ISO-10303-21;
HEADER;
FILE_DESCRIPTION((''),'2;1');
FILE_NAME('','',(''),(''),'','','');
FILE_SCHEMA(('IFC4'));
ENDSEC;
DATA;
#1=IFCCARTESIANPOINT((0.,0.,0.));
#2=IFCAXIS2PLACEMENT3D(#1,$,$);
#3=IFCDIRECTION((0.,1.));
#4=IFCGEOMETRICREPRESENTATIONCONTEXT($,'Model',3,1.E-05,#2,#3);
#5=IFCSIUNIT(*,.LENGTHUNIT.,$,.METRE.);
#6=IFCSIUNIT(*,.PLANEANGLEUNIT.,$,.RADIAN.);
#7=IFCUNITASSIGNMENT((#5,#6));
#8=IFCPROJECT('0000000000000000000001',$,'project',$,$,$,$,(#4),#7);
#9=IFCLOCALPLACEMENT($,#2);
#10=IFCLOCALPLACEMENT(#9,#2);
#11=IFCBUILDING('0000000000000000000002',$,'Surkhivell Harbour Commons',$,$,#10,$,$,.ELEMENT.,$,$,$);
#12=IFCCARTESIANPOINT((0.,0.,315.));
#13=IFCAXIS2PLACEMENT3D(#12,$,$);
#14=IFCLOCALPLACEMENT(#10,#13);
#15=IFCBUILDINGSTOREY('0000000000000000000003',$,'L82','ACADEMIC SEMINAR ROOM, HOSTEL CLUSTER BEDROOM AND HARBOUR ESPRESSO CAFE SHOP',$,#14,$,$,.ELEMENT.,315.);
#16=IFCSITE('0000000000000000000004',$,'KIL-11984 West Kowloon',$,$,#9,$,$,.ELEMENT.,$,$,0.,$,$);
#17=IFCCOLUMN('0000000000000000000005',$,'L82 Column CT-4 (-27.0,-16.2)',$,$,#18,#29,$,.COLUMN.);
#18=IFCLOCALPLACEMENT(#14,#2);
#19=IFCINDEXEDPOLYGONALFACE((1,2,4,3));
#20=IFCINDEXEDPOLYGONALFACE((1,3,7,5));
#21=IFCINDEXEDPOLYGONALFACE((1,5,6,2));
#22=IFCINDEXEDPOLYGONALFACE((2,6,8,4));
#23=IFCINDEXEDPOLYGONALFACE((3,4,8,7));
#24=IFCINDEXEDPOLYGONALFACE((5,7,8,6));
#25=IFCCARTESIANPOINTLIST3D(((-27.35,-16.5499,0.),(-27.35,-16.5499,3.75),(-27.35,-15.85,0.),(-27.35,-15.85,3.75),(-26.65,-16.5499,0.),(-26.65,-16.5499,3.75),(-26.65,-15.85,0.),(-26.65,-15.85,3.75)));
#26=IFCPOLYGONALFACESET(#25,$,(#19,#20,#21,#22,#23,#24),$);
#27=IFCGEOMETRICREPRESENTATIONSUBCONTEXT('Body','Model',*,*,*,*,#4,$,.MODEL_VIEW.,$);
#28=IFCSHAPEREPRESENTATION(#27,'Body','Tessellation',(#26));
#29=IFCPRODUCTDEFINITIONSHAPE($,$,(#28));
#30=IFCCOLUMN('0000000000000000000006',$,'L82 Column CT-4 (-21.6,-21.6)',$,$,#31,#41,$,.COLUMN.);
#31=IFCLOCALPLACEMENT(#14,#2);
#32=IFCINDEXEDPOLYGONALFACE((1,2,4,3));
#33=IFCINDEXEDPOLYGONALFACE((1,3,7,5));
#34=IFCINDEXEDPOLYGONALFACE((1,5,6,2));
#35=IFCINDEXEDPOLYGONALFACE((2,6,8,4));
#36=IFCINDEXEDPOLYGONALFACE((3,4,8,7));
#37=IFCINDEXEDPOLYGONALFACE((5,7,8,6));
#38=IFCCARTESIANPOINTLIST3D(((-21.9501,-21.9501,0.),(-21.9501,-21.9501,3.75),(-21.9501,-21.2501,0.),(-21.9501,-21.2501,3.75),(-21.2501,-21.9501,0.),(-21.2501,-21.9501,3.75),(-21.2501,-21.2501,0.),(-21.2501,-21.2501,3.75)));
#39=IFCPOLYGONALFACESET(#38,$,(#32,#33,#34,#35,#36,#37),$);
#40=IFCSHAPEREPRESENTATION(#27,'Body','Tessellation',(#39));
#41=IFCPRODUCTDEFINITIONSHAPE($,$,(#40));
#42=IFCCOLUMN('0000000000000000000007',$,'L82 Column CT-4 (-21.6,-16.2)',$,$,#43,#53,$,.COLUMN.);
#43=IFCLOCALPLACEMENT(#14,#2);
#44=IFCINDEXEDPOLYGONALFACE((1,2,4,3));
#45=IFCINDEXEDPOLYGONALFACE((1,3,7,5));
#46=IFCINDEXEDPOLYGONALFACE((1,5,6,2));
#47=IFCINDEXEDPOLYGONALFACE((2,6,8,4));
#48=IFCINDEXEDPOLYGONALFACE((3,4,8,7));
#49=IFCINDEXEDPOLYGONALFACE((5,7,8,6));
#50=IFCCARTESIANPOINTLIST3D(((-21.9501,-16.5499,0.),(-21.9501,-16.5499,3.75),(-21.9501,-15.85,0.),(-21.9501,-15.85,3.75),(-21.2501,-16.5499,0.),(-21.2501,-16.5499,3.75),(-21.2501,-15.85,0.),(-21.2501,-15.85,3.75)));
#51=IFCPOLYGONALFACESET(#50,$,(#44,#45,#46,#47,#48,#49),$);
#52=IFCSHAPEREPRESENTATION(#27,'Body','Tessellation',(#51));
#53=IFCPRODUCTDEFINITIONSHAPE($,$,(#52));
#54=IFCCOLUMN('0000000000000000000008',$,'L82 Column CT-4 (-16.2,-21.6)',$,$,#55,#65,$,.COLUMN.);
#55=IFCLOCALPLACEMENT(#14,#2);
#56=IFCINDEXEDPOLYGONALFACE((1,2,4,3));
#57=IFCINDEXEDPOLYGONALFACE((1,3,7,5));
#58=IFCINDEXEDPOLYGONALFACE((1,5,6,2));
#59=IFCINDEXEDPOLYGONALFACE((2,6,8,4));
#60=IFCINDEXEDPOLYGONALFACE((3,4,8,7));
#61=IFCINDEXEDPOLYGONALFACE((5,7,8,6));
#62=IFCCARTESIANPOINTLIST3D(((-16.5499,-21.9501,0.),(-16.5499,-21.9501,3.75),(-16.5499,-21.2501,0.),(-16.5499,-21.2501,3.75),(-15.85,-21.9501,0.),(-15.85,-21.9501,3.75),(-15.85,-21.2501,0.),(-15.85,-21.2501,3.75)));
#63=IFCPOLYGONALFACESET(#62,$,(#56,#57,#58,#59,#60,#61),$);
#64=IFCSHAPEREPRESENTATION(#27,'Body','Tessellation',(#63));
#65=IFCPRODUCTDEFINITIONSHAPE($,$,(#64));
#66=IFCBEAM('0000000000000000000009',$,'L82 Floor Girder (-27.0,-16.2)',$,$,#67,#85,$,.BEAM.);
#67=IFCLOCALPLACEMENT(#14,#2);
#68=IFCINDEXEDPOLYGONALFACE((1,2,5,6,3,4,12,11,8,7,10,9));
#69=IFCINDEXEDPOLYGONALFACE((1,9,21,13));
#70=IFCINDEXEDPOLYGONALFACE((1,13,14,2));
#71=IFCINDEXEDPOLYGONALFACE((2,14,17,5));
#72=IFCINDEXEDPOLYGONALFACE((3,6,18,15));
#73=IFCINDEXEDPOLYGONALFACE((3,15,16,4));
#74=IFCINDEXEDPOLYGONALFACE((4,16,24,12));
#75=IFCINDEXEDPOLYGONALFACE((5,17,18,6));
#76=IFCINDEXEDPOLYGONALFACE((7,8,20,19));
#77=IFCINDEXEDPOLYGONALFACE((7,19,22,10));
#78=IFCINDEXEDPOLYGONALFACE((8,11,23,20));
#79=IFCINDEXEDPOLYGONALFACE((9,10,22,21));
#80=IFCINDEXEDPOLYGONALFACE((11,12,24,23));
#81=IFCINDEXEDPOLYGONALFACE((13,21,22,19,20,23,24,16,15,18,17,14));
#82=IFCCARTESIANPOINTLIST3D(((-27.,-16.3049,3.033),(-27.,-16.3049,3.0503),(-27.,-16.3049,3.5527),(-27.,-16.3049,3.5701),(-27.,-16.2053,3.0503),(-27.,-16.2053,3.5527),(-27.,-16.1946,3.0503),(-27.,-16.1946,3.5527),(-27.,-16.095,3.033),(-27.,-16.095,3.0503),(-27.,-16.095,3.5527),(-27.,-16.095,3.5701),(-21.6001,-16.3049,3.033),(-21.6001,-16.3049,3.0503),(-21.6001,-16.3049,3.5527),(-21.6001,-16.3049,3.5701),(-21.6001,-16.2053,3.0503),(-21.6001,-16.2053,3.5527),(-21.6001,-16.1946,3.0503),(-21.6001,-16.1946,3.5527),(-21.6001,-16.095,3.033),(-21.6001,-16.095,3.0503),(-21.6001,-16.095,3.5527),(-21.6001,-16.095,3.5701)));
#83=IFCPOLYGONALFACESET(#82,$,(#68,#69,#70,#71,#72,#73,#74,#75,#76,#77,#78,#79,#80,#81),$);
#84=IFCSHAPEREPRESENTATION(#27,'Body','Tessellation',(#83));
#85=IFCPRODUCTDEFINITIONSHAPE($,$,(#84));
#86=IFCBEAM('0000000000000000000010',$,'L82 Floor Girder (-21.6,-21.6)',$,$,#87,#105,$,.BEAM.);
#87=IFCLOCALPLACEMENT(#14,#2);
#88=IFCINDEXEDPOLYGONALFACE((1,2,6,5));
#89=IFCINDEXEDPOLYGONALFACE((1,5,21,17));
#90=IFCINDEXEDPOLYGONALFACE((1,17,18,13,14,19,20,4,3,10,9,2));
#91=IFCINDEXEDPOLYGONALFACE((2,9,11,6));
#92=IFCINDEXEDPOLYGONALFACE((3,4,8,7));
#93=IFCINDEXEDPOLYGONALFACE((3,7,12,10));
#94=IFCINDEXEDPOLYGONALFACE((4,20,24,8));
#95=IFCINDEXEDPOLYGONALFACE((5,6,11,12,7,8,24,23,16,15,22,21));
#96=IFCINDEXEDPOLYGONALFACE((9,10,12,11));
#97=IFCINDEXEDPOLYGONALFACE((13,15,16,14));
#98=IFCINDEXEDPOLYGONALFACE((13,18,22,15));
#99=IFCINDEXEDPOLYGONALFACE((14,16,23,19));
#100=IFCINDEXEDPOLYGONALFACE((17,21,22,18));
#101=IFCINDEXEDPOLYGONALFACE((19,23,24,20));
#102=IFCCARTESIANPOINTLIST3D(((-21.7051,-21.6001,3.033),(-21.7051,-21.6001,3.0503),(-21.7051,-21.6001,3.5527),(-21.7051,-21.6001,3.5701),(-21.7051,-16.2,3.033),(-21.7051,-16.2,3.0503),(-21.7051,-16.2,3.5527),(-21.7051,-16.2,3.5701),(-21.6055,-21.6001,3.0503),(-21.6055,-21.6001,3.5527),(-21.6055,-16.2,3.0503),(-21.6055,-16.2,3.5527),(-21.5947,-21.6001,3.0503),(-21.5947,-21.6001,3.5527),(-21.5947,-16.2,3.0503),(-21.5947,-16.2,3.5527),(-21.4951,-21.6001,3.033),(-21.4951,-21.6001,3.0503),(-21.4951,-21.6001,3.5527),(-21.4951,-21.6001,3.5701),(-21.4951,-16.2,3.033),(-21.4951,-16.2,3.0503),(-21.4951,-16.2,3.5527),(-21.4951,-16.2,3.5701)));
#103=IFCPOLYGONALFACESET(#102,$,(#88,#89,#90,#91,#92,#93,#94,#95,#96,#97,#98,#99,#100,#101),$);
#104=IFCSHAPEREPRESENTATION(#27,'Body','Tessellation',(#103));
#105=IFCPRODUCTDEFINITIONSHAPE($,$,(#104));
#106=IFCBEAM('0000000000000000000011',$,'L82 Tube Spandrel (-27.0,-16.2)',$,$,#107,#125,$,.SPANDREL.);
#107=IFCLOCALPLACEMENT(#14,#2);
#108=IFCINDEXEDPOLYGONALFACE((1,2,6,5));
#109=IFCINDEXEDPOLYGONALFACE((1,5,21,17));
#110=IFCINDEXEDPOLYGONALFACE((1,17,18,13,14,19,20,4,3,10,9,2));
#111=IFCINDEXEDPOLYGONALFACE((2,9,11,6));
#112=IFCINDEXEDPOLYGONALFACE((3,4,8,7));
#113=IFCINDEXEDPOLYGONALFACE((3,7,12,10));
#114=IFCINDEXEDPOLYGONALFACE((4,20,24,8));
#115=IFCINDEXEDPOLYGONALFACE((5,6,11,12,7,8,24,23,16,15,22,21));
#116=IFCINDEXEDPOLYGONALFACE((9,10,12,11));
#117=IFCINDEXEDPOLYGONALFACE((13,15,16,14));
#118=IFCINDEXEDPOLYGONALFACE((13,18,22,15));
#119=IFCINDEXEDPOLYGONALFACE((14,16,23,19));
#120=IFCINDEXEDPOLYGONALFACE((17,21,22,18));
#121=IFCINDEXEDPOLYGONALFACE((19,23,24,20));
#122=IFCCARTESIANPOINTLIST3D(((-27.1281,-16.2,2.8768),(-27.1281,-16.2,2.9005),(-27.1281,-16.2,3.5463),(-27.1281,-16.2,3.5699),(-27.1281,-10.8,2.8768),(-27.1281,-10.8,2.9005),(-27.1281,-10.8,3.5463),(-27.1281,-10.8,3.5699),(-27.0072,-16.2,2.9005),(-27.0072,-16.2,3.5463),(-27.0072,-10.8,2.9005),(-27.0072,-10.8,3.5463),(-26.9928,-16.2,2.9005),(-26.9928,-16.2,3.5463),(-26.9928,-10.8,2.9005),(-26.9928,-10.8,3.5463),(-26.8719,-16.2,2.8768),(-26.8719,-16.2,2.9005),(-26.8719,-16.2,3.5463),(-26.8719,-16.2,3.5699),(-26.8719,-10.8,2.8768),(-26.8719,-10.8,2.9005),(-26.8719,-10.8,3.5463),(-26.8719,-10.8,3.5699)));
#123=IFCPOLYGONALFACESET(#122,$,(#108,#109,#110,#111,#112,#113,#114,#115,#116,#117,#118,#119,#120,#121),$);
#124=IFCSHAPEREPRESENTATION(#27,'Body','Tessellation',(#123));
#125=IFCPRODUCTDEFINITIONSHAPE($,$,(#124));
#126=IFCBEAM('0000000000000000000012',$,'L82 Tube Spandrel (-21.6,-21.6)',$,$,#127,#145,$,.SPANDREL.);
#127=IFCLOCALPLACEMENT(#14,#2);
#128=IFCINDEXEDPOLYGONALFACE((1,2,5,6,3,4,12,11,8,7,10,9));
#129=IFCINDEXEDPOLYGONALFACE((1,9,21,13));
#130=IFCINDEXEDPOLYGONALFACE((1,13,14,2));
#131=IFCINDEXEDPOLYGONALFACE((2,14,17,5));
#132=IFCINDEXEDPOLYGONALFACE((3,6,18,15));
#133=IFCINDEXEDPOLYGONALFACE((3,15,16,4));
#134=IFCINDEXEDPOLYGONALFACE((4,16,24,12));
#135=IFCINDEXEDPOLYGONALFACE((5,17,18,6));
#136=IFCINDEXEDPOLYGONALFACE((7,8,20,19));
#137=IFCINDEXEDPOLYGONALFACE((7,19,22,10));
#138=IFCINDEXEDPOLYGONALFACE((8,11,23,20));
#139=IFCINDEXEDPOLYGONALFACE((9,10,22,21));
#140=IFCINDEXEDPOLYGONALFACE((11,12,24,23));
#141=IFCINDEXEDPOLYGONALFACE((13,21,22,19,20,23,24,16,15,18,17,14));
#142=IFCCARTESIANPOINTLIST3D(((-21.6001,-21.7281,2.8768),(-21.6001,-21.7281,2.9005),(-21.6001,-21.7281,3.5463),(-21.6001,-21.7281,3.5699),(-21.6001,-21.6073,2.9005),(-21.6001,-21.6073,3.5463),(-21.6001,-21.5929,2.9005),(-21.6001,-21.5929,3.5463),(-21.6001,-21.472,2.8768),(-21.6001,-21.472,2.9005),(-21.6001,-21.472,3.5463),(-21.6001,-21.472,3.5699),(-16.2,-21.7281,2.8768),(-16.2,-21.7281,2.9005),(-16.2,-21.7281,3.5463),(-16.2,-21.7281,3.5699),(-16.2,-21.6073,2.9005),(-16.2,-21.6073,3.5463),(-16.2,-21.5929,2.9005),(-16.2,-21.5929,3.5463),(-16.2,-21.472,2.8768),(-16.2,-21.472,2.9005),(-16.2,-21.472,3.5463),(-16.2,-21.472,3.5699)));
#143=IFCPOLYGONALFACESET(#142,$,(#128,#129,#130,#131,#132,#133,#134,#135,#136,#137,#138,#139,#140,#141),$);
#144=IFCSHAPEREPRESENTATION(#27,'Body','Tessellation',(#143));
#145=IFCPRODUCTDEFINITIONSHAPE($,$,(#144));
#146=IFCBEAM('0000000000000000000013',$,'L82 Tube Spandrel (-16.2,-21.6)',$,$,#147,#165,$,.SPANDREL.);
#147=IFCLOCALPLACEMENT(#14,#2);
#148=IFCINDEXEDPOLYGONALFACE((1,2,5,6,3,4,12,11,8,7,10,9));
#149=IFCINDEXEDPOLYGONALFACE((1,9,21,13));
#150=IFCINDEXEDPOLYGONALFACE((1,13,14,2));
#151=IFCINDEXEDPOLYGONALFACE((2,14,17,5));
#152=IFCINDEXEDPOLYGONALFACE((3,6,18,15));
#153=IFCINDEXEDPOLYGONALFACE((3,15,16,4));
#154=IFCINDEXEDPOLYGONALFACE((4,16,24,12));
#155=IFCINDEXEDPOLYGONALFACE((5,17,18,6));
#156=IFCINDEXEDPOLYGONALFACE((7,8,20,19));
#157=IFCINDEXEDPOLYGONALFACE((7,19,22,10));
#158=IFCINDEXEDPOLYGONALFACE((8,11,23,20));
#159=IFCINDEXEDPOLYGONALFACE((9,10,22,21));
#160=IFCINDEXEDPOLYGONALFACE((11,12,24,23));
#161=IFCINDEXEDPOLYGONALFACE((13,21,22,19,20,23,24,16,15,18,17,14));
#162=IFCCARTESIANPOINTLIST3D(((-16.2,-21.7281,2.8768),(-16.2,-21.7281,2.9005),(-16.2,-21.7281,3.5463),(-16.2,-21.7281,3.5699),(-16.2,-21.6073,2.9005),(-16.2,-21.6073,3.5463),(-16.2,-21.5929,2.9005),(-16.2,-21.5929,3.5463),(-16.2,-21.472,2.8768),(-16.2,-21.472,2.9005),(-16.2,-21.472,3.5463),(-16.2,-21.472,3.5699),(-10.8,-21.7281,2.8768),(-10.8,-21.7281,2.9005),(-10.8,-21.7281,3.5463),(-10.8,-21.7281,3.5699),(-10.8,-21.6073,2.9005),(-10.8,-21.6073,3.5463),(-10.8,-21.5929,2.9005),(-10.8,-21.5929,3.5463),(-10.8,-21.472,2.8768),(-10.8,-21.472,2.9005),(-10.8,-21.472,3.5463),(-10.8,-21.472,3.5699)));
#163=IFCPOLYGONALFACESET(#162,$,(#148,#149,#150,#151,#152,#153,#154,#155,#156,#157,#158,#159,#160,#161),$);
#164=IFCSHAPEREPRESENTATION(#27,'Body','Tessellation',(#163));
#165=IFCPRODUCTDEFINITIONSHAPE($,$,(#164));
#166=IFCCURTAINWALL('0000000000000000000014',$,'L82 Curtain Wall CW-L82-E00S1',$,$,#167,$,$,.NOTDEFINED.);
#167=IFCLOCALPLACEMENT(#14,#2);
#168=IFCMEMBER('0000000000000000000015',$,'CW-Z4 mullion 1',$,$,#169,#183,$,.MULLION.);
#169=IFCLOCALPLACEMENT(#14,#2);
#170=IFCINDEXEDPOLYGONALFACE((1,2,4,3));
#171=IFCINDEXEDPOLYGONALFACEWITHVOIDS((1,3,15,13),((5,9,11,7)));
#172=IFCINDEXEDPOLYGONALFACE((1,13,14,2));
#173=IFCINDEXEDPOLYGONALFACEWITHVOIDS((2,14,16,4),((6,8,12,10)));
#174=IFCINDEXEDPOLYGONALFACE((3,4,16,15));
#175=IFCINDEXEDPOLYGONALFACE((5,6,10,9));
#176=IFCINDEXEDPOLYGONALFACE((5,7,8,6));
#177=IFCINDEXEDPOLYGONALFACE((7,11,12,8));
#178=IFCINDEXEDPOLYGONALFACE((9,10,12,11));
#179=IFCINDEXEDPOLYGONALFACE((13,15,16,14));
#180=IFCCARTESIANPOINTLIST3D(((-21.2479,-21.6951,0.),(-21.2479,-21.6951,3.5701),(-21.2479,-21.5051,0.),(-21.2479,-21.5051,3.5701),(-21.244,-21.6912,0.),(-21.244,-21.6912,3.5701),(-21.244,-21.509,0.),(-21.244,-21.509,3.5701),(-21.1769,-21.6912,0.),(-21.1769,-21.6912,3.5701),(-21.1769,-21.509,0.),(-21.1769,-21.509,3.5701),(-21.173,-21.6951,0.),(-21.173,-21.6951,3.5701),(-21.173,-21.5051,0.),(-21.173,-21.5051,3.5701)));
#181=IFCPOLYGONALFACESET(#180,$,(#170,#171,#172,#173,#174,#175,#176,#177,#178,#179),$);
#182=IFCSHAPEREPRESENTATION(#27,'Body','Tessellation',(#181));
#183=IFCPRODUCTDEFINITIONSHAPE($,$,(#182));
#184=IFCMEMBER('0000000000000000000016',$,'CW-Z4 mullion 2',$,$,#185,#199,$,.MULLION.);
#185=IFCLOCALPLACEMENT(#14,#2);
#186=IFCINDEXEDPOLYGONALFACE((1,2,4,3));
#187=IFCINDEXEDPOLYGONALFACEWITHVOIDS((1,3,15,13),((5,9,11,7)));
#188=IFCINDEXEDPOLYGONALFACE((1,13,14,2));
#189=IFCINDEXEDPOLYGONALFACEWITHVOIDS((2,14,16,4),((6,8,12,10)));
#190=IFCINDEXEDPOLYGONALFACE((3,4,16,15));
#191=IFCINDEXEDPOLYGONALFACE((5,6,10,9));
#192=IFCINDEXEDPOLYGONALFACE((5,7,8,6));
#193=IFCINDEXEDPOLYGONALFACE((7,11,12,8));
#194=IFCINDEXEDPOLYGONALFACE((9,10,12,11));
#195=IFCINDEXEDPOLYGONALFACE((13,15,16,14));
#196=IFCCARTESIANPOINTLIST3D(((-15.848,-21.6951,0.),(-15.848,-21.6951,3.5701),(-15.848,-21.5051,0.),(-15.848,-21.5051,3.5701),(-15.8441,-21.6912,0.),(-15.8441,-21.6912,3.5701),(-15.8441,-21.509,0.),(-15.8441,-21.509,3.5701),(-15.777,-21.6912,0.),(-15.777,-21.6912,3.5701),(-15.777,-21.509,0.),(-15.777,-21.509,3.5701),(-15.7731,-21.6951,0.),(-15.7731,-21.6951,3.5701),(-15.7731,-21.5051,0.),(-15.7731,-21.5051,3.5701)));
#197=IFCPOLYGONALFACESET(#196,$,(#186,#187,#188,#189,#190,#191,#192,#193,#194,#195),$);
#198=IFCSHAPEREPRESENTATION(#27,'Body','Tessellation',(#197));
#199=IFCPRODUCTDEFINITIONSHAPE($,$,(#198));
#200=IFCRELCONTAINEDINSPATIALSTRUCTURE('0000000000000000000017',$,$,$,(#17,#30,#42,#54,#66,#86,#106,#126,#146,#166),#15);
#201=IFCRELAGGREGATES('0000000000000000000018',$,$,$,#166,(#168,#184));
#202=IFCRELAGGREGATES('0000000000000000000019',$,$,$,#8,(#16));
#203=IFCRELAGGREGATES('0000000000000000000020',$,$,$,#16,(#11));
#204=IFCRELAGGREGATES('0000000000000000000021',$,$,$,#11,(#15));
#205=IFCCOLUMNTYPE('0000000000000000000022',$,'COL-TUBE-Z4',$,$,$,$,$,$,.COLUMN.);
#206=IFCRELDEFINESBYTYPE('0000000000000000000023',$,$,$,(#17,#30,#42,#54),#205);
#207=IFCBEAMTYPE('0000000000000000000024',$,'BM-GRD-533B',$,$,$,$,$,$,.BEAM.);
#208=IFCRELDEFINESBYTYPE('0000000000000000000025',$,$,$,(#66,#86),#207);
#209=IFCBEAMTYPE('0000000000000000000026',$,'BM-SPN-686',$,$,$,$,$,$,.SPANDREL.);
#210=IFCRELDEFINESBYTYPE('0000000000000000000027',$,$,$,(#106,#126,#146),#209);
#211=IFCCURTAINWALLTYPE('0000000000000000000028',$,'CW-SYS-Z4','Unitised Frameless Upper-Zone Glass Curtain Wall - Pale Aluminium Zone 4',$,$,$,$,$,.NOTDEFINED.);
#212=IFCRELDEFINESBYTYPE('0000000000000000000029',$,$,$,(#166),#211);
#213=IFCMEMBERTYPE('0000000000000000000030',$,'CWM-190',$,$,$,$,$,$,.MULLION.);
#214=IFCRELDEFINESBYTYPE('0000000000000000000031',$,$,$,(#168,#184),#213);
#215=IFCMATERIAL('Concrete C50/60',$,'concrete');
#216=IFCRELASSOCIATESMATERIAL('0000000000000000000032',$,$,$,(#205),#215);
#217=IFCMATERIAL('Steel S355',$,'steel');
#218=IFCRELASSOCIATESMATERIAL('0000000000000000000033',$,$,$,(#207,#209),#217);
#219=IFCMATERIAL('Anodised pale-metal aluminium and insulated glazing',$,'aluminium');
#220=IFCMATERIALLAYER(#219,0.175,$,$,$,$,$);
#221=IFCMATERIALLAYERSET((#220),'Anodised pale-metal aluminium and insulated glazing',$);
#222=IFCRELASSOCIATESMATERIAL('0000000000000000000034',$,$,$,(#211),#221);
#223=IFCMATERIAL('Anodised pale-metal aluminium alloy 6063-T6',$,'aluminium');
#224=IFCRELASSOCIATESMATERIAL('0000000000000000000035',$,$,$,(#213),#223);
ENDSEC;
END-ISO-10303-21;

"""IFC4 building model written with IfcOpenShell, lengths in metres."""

from ifc_helpers import new_model, si_unit, direction, frame, origin, origin_2d, place, context, subcontext, project, spatial, rectangle, hollow_rectangle, i_section, extrude, material, layer, layer_set, material_profile, profile_set, type_object, element, aggregate, save


model = new_model("IFC4")

# Units and contexts
model_context = context("Model", 3, precision=1e-05, world=origin(), true_north=direction((0.0, 1.0)))
body_context = subcontext(model_context, "Body", "Model", "MODEL_VIEW")
ifc_project = project(units=[si_unit("LENGTHUNIT", "METRE"), si_unit("PLANEANGLEUNIT", "RADIAN")], contexts=[model_context])

# Site, building, storey
site_placement = place(None, origin())
site = spatial("IfcSite", under=ifc_project, at=site_placement, Name="KIL-11984 West Kowloon", CompositionType="ELEMENT", RefElevation=0.0)
building_placement = place(site_placement, origin())
building = spatial("IfcBuilding", under=site, at=building_placement, Name="Surkhivell Harbour Commons", CompositionType="ELEMENT")
storey_placement = place(building_placement, frame((0.0, 0.0, 315.0)))
storey = spatial("IfcBuildingStorey", under=building, at=storey_placement, Name="L82", Description="ACADEMIC SEMINAR ROOM, HOSTEL CLUSTER BEDROOM AND HARBOUR ESPRESSO CAFE SHOP", CompositionType="ELEMENT", Elevation=315.0)

# Columns
ifc_material_1 = material(Name="Concrete C50/60", Category="concrete")
ifc_material_profile_1 = material_profile(ifc_material_1, rectangle(XDim=0.7, YDim=0.7, at=origin_2d()), Name="RC-COL-700x700")
ifc_profile_set_1 = profile_set([ifc_material_profile_1], Name="Concrete C50/60")
column_type = type_object("IfcColumnType", Name="COL-TUBE-Z4", PredefinedType="COLUMN", material=ifc_profile_set_1)
for number, where, z_axis, x_axis, name in (
    (1, (-27.0, -16.2, 0.0), (0.0, 0.0, 1.0), (1.0, 0.0, 0.0), "L82 Column CT-4 (-27.0,-16.2)"),
    (2, (-21.6001, -21.6001, 0.0), (0.0, 0.0, 1.0), (1.0, 0.0, 0.0), "L82 Column CT-4 (-21.6,-21.6)"),
    (3, (-21.6001, -16.2, 0.0), (0.0, 0.0, 1.0), (1.0, 0.0, 0.0), "L82 Column CT-4 (-21.6,-16.2)"),
    (4, (-16.2, -21.6001, 0.0), (0.0, 0.0, 1.0), (1.0, 0.0, 0.0), "L82 Column CT-4 (-16.2,-21.6)"),
):
    element("IfcColumn", number, at=place(storey_placement, frame(where, z_axis=z_axis, x_axis=x_axis)), inside=storey, type_object=column_type, Name=name, PredefinedType="COLUMN", context=body_context, shape_type="SweptSolid", body=[
        extrude(rectangle(XDim=0.7, YDim=0.7, at=origin_2d()), origin(), (0.0, 0.0, 1.0), 3.75),
    ])

# Beams
ifc_material_2 = material(Name="Steel S355", Category="steel")
ifc_material_profile_2 = material_profile(ifc_material_2, i_section(OverallWidth=0.21, OverallDepth=0.5371, WebThickness=0.0107, FlangeThickness=0.0173, at=origin_2d()), Name="UB533x210x101")
ifc_profile_set_2 = profile_set([ifc_material_profile_2], Name="Steel S355")
beam_type_1 = type_object("IfcBeamType", Name="BM-GRD-533B", PredefinedType="BEAM", material=ifc_profile_set_2)
beam_1_placement = place(storey_placement, frame((-27.0, -16.2, 3.3015), z_axis=(1.0, 0.0, 0.0), x_axis=(0.0, 1.0, 0.0)))
element("IfcBeam", 5, at=beam_1_placement, inside=storey, type_object=beam_type_1, Name="L82 Floor Girder (-27.0,-16.2)", PredefinedType="BEAM", context=body_context, shape_type="SweptSolid", body=[
    extrude(i_section(OverallWidth=0.21, OverallDepth=0.5371, WebThickness=0.0107, FlangeThickness=0.0173, at=origin_2d()), origin(), (0.0, 0.0, 1.0), 5.3999),
])
beam_2_placement = place(storey_placement, frame((-21.6001, -21.6001, 3.3015), z_axis=(0.0, 1.0, 0.0), x_axis=(-1.0, 0.0, 0.0)))
element("IfcBeam", 6, at=beam_2_placement, inside=storey, type_object=beam_type_1, Name="L82 Floor Girder (-21.6,-21.6)", PredefinedType="BEAM", context=body_context, shape_type="SweptSolid", body=[
    extrude(i_section(OverallWidth=0.21, OverallDepth=0.5371, WebThickness=0.0107, FlangeThickness=0.0173, at=origin_2d()), origin(), (0.0, 0.0, 1.0), 5.4001),
])
ifc_material_profile_3 = material_profile(ifc_material_2, i_section(OverallWidth=0.2561, OverallDepth=0.6931, WebThickness=0.0144, FlangeThickness=0.0237, at=origin_2d()), Name="UB686x254x170")
ifc_profile_set_3 = profile_set([ifc_material_profile_3], Name="Steel S355")
beam_type_2 = type_object("IfcBeamType", Name="BM-SPN-686", PredefinedType="SPANDREL", material=ifc_profile_set_3)
beam_3_placement = place(storey_placement, frame((-27.0, -16.2, 3.2234), z_axis=(0.0, 1.0, 0.0), x_axis=(-1.0, 0.0, 0.0)))
element("IfcBeam", 7, at=beam_3_placement, inside=storey, type_object=beam_type_2, Name="L82 Tube Spandrel (-27.0,-16.2)", PredefinedType="SPANDREL", context=body_context, shape_type="SweptSolid", body=[
    extrude(i_section(OverallWidth=0.2561, OverallDepth=0.6931, WebThickness=0.0144, FlangeThickness=0.0237, at=origin_2d()), origin(), (0.0, 0.0, 1.0), 5.3999),
])
beam_4_placement = place(storey_placement, frame((-21.6001, -21.6001, 3.2234), z_axis=(1.0, 0.0, 0.0), x_axis=(0.0, 1.0, 0.0)))
element("IfcBeam", 8, at=beam_4_placement, inside=storey, type_object=beam_type_2, Name="L82 Tube Spandrel (-21.6,-21.6)", PredefinedType="SPANDREL", context=body_context, shape_type="SweptSolid", body=[
    extrude(i_section(OverallWidth=0.2561, OverallDepth=0.6931, WebThickness=0.0144, FlangeThickness=0.0237, at=origin_2d()), origin(), (0.0, 0.0, 1.0), 5.4001),
])
beam_5_placement = place(storey_placement, frame((-16.2, -21.6001, 3.2234), z_axis=(1.0, 0.0, 0.0), x_axis=(0.0, 1.0, 0.0)))
element("IfcBeam", 9, at=beam_5_placement, inside=storey, type_object=beam_type_2, Name="L82 Tube Spandrel (-16.2,-21.6)", PredefinedType="SPANDREL", context=body_context, shape_type="SweptSolid", body=[
    extrude(i_section(OverallWidth=0.2561, OverallDepth=0.6931, WebThickness=0.0144, FlangeThickness=0.0237, at=origin_2d()), origin(), (0.0, 0.0, 1.0), 5.3999),
])

# Curtain wall, members
ifc_material_3 = material(Name="Anodised pale-metal aluminium and insulated glazing", Category="aluminium")
ifc_layer_1 = layer(ifc_material_3, 0.175)
ifc_layer_set_1 = layer_set([ifc_layer_1], Name="Anodised pale-metal aluminium and insulated glazing")
curtain_wall_type = type_object("IfcCurtainWallType", Name="CW-SYS-Z4", Description="Unitised Frameless Upper-Zone Glass Curtain Wall - Pale Aluminium Zone 4", PredefinedType="NOTDEFINED", material=ifc_layer_set_1)
curtain_wall_placement = place(storey_placement, origin())
curtain_wall = element("IfcCurtainWall", 10, at=curtain_wall_placement, inside=storey, type_object=curtain_wall_type, Name="L82 Curtain Wall CW-L82-E00S1", PredefinedType="NOTDEFINED")
ifc_material_4 = material(Name="Anodised pale-metal aluminium alloy 6063-T6", Category="aluminium")
ifc_material_profile_4 = material_profile(ifc_material_4, hollow_rectangle(XDim=0.075, YDim=0.1899, WallThickness=0.0039, at=origin_2d()), Name="ALU-MULL-75x190")
ifc_profile_set_4 = profile_set([ifc_material_profile_4], Name="Anodised pale-metal aluminium alloy 6063-T6")
member_type_1 = type_object("IfcMemberType", Name="CWM-190", PredefinedType="MULLION", material=ifc_profile_set_4)
member_1_placement = place(storey_placement, frame((-21.2104, -21.6001, 0.0), z_axis=(0.0, 0.0, 1.0), x_axis=(1.0, 0.0, 0.0)))
member_1 = element("IfcMember", 11, at=member_1_placement, type_object=member_type_1, Name="CW-Z4 mullion 1", PredefinedType="MULLION", context=body_context, shape_type="SweptSolid", body=[
    extrude(hollow_rectangle(XDim=0.075, YDim=0.1899, WallThickness=0.0039, at=origin_2d()), origin(), (0.0, 0.0, 1.0), 3.5701),
])
member_2_placement = place(storey_placement, frame((-15.8105, -21.6001, 0.0), z_axis=(0.0, 0.0, 1.0), x_axis=(1.0, 0.0, 0.0)))
member_2 = element("IfcMember", 12, at=member_2_placement, type_object=member_type_1, Name="CW-Z4 mullion 2", PredefinedType="MULLION", context=body_context, shape_type="SweptSolid", body=[
    extrude(hollow_rectangle(XDim=0.075, YDim=0.1899, WallThickness=0.0039, at=origin_2d()), origin(), (0.0, 0.0, 1.0), 3.5701),
])

aggregate(curtain_wall, [member_1, member_2])

save(model, "model.ifc")
